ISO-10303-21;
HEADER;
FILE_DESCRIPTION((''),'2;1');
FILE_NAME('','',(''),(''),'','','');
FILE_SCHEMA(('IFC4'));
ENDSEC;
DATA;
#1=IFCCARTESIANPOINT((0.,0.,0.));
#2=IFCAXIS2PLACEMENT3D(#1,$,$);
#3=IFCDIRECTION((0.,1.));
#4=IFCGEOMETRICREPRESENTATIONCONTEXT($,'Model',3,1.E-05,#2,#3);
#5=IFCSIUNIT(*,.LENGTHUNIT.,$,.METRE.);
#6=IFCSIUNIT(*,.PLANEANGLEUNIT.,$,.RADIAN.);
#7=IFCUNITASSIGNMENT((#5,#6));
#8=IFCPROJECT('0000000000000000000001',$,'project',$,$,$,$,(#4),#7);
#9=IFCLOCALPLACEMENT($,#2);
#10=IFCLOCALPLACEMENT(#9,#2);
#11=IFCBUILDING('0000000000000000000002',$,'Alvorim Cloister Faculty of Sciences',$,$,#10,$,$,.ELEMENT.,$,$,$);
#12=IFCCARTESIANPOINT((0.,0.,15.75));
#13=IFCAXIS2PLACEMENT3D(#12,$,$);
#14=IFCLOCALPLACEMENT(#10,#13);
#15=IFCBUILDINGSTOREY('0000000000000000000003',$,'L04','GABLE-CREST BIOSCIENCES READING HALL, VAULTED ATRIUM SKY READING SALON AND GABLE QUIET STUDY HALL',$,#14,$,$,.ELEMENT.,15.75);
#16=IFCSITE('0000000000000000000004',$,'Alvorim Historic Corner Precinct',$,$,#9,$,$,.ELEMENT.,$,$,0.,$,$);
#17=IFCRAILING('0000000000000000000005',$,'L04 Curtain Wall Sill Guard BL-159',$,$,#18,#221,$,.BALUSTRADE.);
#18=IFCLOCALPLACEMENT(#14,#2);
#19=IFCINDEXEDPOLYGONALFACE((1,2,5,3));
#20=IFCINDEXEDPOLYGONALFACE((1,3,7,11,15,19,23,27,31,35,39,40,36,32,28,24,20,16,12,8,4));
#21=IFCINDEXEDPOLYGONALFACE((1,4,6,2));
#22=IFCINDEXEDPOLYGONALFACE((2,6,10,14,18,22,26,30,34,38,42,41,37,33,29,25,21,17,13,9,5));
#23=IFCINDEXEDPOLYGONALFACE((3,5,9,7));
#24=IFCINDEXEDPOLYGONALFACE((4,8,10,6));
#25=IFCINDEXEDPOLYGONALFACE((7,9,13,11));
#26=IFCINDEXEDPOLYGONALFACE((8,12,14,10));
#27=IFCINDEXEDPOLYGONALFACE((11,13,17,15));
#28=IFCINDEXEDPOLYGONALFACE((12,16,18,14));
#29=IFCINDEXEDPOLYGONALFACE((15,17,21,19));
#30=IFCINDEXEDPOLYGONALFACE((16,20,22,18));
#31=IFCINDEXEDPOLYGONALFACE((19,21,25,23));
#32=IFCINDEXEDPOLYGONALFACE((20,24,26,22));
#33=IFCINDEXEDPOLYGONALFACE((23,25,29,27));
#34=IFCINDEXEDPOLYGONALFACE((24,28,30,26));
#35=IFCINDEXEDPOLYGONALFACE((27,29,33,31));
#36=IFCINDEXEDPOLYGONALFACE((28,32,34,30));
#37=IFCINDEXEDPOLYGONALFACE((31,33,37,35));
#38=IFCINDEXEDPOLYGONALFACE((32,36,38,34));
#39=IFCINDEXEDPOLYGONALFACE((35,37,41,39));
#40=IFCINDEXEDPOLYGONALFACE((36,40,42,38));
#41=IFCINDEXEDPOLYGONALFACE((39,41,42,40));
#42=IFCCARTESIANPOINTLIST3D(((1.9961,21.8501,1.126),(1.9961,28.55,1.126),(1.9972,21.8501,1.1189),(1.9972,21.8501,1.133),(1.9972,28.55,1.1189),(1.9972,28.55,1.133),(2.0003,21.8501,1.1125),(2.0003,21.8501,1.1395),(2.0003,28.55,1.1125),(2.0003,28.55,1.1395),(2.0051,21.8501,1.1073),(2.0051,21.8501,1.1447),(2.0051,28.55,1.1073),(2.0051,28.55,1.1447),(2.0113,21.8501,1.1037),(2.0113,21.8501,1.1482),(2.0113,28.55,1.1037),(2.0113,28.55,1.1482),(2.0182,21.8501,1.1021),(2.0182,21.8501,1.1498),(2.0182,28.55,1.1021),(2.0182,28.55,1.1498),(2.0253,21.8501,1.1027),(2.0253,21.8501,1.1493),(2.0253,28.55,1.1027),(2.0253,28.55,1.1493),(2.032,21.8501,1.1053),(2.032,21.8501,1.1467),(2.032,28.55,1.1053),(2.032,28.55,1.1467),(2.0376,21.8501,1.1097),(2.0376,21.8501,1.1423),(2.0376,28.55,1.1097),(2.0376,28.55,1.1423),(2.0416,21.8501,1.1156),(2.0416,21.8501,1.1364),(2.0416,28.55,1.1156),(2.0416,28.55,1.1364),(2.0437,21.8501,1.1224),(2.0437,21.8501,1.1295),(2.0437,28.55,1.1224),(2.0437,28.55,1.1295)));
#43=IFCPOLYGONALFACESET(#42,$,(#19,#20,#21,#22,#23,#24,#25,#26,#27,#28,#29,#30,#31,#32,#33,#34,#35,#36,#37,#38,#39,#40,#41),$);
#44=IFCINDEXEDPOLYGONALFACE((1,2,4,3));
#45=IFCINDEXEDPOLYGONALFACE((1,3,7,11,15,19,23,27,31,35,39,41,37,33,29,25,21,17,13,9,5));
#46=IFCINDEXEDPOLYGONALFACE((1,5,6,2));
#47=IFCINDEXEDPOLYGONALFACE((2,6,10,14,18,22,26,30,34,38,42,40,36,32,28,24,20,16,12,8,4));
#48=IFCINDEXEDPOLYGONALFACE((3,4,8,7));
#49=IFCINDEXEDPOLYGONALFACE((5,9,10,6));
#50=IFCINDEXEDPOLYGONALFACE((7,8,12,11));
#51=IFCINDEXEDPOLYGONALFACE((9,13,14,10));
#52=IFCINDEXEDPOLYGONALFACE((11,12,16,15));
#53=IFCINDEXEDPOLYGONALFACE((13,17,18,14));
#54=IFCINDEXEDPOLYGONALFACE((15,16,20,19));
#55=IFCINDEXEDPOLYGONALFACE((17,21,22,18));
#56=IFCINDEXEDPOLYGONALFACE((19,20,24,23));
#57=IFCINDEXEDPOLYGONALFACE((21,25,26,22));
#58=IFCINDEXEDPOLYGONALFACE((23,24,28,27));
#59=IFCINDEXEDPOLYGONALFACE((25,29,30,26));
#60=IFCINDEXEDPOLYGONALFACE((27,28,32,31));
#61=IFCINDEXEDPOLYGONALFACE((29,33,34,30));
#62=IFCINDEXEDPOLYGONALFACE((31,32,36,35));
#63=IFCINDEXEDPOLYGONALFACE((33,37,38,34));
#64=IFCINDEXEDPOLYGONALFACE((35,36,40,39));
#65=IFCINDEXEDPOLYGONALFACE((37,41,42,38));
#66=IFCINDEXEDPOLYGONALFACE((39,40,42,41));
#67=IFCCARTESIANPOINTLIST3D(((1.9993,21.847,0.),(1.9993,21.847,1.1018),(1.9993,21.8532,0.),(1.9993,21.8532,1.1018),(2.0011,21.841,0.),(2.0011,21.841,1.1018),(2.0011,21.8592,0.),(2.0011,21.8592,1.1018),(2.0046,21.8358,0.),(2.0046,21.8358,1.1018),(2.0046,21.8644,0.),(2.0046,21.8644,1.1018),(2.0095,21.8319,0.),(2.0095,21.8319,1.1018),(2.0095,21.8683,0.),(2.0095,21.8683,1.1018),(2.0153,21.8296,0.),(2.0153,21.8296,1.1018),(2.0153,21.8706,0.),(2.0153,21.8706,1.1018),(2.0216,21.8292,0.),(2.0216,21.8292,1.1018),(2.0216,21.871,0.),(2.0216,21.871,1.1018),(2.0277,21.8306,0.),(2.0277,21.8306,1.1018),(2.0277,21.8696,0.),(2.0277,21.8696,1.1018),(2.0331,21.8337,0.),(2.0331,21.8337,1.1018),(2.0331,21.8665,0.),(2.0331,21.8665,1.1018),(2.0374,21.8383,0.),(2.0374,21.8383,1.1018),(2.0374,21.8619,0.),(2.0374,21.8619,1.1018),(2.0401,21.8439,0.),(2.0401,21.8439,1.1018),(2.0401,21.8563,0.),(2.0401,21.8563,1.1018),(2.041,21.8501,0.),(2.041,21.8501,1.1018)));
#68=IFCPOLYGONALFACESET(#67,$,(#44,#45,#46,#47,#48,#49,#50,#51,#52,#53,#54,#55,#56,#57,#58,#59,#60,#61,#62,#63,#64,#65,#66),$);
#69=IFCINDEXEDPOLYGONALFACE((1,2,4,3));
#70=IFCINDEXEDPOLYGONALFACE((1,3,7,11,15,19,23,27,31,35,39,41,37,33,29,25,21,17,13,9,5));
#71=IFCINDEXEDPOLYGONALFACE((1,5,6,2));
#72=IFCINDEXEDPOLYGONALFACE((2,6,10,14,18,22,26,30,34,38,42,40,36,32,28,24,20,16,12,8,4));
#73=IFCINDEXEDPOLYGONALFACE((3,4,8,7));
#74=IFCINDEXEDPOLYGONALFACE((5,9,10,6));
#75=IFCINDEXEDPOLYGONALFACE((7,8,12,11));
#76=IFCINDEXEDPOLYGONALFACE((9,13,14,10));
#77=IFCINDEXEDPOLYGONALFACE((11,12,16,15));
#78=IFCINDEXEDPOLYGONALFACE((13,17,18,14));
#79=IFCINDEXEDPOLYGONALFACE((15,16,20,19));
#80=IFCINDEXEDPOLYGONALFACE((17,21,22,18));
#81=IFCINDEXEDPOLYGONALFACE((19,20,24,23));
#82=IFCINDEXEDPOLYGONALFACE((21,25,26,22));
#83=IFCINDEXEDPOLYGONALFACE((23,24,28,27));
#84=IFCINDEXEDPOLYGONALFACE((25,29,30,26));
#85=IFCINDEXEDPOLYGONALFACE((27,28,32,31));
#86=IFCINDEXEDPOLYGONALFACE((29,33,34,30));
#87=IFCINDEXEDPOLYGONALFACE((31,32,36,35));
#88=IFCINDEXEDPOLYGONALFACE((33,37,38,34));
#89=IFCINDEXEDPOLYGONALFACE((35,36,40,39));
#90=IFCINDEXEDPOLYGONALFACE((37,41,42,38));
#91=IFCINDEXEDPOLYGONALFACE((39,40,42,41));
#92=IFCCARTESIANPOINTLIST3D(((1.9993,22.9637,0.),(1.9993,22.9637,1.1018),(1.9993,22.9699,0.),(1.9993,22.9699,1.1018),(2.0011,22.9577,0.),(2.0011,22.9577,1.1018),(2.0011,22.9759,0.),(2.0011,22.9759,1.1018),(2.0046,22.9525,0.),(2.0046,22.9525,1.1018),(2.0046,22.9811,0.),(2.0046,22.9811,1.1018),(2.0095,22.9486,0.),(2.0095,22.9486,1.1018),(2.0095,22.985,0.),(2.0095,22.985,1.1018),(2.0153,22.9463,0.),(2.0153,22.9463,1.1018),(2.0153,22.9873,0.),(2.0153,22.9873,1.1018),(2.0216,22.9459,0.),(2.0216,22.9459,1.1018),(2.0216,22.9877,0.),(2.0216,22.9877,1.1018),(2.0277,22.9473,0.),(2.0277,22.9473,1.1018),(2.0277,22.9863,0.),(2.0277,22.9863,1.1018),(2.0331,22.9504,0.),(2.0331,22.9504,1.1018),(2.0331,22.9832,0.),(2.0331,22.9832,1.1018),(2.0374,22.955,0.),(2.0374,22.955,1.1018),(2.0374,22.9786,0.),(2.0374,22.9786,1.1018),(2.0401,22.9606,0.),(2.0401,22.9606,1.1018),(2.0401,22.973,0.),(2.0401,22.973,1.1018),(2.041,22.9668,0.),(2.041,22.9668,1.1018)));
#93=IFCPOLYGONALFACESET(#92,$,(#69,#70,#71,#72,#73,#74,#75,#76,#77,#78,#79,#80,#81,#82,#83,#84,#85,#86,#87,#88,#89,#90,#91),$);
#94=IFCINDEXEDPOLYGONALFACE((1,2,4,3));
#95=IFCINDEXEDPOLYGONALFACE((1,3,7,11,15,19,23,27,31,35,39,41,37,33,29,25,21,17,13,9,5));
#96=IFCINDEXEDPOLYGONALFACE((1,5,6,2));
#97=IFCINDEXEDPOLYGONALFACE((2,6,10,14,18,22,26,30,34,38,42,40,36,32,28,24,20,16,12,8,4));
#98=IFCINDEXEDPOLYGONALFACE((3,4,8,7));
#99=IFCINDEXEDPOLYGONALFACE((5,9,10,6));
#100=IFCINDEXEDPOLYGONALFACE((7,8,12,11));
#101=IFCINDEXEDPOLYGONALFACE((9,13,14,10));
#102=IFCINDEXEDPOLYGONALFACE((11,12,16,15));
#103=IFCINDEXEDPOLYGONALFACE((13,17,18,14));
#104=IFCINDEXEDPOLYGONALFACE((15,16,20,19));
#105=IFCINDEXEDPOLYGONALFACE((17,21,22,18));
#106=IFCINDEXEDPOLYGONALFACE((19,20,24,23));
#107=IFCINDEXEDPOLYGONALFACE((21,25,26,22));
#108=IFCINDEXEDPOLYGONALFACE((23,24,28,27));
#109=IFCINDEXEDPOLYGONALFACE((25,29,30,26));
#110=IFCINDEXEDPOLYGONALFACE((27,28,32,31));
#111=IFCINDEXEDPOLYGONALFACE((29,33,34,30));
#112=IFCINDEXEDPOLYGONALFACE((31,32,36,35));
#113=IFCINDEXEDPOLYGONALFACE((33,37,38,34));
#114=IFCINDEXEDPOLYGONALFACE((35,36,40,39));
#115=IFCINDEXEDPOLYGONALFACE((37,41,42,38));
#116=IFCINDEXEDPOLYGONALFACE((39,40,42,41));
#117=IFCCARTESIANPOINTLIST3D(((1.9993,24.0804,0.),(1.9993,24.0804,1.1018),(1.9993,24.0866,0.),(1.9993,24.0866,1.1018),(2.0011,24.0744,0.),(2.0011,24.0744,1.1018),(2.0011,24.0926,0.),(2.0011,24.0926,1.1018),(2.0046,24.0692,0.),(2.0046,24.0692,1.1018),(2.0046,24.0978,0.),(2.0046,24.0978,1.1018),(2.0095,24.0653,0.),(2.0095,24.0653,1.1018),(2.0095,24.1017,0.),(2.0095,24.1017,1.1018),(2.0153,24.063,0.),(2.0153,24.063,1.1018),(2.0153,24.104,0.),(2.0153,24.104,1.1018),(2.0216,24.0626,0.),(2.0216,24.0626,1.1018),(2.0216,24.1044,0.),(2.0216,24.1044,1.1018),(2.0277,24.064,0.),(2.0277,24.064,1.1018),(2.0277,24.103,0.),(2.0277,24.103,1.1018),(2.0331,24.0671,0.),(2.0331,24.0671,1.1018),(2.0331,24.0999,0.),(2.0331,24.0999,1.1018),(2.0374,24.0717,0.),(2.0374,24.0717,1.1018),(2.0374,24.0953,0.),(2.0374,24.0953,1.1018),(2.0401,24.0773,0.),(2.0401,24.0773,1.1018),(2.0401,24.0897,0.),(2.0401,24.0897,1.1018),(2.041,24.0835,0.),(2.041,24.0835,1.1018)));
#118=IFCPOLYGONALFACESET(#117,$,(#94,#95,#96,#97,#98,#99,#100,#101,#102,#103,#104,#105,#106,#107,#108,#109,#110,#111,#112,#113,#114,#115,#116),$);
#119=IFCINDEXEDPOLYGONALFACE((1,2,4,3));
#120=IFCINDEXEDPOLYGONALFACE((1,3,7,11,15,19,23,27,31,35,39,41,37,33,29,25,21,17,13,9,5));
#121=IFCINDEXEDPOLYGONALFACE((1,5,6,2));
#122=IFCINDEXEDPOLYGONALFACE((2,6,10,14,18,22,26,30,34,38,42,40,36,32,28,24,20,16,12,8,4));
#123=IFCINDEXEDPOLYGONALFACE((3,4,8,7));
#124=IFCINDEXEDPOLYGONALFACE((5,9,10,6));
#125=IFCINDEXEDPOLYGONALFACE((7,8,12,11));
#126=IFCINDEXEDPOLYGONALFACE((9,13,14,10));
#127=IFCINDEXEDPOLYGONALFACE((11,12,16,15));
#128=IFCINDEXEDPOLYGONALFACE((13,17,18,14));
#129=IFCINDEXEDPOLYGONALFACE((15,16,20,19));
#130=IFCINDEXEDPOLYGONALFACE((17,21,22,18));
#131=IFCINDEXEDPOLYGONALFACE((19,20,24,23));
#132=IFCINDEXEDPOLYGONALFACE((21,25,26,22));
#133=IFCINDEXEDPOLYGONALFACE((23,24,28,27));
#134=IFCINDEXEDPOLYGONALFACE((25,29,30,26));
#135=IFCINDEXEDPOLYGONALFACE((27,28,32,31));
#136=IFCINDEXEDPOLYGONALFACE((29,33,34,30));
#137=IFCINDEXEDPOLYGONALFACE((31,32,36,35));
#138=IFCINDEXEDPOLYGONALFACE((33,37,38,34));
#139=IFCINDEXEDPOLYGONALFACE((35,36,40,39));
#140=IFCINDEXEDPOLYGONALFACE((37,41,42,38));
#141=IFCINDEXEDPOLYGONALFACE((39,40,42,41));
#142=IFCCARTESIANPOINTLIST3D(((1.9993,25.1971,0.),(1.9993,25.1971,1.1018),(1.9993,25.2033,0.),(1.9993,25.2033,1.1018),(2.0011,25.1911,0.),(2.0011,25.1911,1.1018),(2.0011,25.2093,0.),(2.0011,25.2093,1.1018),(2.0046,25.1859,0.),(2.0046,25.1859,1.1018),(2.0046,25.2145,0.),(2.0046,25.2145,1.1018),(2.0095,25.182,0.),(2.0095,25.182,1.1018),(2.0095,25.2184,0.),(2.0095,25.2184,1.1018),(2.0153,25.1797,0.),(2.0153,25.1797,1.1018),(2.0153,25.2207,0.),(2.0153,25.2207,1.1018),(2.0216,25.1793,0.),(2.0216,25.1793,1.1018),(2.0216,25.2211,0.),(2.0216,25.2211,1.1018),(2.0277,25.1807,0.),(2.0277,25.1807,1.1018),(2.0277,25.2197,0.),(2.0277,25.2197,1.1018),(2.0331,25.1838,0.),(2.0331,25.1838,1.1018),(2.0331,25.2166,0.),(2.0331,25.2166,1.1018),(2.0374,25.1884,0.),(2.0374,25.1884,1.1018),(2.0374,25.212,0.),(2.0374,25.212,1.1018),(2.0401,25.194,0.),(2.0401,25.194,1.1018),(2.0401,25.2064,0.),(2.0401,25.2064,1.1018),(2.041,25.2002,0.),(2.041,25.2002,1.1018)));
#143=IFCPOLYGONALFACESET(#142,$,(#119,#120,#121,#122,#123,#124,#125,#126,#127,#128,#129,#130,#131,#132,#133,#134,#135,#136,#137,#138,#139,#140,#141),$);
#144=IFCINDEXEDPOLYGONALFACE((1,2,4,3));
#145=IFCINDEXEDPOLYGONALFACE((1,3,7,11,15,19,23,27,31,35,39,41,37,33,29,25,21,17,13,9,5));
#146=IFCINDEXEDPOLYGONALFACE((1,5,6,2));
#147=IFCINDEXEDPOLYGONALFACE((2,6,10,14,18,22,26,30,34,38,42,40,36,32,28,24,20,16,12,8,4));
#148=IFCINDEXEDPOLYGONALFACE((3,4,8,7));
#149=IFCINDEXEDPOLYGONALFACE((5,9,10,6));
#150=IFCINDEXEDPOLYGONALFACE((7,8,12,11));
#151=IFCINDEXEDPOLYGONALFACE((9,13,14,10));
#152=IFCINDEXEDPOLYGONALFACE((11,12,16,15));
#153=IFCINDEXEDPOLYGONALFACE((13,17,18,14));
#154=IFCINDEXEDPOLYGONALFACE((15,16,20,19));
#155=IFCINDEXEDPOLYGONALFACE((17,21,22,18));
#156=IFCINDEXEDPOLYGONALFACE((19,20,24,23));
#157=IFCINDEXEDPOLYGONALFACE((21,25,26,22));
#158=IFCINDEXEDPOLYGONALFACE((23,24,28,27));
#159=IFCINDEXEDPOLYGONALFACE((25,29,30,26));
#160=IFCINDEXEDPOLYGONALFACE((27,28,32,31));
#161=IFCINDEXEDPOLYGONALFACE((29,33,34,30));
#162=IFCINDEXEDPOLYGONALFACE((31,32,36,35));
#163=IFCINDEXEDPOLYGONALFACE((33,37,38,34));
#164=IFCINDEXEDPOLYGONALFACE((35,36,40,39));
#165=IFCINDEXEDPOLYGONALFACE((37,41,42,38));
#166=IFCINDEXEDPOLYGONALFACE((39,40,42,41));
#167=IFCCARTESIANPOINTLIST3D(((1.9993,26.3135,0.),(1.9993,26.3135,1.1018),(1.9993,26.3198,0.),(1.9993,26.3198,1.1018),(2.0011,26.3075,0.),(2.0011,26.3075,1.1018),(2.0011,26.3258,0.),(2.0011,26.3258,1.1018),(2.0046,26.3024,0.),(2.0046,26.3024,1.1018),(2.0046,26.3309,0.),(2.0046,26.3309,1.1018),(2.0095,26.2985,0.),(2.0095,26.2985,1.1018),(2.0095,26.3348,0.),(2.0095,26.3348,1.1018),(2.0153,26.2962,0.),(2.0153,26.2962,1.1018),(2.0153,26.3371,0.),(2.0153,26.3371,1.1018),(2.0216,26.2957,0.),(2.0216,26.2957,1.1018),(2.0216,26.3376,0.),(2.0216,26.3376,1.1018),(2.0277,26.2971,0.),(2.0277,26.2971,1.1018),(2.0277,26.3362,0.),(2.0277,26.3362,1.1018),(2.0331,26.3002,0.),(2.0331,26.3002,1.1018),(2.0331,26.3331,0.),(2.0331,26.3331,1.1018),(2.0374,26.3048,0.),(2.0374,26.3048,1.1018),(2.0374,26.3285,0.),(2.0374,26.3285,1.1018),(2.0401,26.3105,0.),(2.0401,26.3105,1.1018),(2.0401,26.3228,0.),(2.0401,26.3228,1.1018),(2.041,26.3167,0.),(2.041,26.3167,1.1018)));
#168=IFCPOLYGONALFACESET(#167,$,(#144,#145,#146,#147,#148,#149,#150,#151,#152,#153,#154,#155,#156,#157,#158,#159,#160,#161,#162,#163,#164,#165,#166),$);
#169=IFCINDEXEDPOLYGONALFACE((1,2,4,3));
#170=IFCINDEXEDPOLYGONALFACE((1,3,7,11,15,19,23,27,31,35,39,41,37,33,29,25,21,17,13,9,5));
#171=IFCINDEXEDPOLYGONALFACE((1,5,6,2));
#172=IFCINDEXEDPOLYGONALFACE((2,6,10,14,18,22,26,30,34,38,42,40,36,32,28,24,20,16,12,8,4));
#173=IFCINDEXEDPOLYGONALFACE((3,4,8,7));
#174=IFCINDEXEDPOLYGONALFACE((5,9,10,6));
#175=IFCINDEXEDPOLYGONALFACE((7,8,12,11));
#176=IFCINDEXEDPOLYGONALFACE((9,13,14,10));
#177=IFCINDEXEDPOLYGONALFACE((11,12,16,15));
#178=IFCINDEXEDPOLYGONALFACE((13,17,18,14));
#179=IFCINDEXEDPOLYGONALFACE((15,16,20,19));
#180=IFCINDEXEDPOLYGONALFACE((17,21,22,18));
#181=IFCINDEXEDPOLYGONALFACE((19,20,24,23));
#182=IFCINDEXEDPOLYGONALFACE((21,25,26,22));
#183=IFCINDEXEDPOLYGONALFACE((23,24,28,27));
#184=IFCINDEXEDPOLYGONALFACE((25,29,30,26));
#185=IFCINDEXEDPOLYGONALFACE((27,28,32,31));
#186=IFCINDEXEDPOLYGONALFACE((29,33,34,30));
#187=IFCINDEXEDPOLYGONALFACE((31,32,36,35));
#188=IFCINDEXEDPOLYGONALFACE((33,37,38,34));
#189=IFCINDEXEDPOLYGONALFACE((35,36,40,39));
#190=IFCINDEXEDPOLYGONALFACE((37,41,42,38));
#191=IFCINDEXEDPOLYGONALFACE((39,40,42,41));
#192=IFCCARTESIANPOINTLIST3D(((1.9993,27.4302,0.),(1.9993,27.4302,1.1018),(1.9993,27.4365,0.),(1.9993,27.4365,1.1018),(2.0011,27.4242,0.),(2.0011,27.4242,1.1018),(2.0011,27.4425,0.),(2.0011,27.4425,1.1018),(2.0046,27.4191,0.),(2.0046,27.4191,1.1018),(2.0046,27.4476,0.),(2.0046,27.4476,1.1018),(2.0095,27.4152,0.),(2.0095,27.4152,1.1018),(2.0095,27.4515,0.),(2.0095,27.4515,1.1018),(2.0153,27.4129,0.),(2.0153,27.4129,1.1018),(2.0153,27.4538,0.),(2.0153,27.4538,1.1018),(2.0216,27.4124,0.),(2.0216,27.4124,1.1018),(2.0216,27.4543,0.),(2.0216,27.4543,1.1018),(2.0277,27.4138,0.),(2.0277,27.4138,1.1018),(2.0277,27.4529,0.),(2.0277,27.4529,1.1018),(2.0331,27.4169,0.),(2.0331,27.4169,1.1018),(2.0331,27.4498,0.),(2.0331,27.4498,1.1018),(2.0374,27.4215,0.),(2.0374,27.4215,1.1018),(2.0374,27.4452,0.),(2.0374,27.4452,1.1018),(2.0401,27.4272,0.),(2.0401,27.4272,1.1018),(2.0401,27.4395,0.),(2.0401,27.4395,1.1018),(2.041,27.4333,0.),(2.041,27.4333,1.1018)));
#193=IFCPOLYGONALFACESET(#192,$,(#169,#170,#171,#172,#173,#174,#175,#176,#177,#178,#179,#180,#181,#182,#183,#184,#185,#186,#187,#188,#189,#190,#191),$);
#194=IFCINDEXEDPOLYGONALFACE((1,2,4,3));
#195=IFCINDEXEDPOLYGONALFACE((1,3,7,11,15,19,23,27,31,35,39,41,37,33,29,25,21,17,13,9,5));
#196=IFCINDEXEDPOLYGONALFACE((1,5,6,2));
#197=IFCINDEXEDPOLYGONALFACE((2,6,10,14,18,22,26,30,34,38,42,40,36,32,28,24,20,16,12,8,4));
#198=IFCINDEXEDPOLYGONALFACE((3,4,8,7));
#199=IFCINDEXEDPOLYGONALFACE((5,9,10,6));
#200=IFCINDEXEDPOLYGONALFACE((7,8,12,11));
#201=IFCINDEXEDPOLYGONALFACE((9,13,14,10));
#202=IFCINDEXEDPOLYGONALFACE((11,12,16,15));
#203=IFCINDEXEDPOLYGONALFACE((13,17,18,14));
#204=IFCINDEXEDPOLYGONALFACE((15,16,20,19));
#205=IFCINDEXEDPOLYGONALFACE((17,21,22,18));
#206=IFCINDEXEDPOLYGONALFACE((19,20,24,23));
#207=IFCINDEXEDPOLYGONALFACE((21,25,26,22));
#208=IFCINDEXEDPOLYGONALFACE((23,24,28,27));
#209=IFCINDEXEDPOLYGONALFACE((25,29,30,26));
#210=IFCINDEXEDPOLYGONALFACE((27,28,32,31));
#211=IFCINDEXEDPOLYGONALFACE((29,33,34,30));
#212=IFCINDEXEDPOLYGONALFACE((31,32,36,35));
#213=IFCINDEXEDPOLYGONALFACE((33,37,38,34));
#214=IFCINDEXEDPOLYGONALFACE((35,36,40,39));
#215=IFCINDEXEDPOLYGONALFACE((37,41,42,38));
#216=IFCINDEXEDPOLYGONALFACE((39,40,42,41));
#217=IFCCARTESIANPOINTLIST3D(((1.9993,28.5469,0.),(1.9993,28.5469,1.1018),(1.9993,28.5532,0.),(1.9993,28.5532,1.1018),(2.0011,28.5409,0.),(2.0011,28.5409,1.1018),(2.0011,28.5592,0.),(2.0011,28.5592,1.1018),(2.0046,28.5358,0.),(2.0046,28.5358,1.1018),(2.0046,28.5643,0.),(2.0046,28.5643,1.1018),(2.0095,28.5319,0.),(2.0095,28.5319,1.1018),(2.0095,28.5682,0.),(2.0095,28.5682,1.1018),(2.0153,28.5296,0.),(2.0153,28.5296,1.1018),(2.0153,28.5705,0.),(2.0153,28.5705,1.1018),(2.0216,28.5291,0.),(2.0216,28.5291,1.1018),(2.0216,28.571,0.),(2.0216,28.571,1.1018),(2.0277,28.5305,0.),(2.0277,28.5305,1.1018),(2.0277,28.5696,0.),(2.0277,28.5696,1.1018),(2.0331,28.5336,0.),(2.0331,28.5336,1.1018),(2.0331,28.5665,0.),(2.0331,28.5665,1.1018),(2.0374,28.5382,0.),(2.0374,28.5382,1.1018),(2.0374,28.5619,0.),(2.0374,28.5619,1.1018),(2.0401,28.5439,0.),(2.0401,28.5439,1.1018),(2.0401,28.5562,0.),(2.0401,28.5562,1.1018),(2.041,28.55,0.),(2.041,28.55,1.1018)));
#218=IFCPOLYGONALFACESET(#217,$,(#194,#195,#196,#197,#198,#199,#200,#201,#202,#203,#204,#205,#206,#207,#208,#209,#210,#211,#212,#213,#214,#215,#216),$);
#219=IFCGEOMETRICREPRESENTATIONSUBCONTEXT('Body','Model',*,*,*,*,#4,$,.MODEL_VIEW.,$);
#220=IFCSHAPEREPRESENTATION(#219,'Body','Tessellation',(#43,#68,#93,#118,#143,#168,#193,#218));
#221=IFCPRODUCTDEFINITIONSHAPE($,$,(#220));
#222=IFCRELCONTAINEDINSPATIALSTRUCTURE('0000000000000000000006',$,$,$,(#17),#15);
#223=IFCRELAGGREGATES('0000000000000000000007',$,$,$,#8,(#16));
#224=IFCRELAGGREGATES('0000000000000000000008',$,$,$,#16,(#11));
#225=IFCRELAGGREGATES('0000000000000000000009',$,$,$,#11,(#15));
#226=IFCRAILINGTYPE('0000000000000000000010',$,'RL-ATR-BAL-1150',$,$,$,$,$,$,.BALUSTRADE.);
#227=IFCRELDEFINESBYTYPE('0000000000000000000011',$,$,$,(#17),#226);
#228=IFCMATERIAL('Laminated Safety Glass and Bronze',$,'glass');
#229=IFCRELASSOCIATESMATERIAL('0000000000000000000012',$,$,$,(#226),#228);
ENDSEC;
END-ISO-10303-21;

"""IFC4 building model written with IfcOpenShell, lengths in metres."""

from ifc_helpers import new_model, si_unit, direction, frame, origin, origin_2d, place, context, subcontext, project, spatial, circle, extrude, material, type_object, element, save


model = new_model("IFC4")

# Units and contexts
model_context = context("Model", 3, precision=1e-05, world=origin(), true_north=direction((0.0, 1.0)))
body_context = subcontext(model_context, "Body", "Model", "MODEL_VIEW")
ifc_project = project(units=[si_unit("LENGTHUNIT", "METRE"), si_unit("PLANEANGLEUNIT", "RADIAN")], contexts=[model_context])

# Site, building, storey
site_placement = place(None, origin())
site = spatial("IfcSite", under=ifc_project, at=site_placement, Name="Alvorim Historic Corner Precinct", CompositionType="ELEMENT", RefElevation=0.0)
building_placement = place(site_placement, origin())
building = spatial("IfcBuilding", under=site, at=building_placement, Name="Alvorim Cloister Faculty of Sciences", CompositionType="ELEMENT")
storey_placement = place(building_placement, frame((0.0, 0.0, 15.75)))
storey = spatial("IfcBuildingStorey", under=building, at=storey_placement, Name="L04", Description="GABLE-CREST BIOSCIENCES READING HALL, VAULTED ATRIUM SKY READING SALON AND GABLE QUIET STUDY HALL", CompositionType="ELEMENT", Elevation=15.75)

# Railing
ifc_material_1 = material(Name="Laminated Safety Glass and Bronze", Category="glass")
railing_type = type_object("IfcRailingType", Name="RL-ATR-BAL-1150", PredefinedType="BALUSTRADE", material=ifc_material_1)
railing_placement = place(storey_placement, frame((2.02, 21.8501, 0.0)))
element("IfcRailing", 1, at=railing_placement, inside=storey, type_object=railing_type, Name="L04 Curtain Wall Sill Guard BL-159", PredefinedType="BALUSTRADE", context=body_context, shape_type="SweptSolid", body=[
    extrude(circle(Radius=0.0239, at=origin_2d()), frame((0.0, 0.0, 1.126), z_axis=(0.0, 1.0, 0.0), x_axis=(-1.0, 0.0, 0.0)), (0.0, 0.0, 1.0), 6.7),
    extrude(circle(Radius=0.021, at=origin_2d()), origin(), (0.0, 0.0, 1.0), 1.1018),
    extrude(circle(Radius=0.021, at=origin_2d()), frame((0.0, 1.1167, 0.0)), (0.0, 0.0, 1.0), 1.1018),
    extrude(circle(Radius=0.021, at=origin_2d()), frame((0.0, 2.2334, 0.0)), (0.0, 0.0, 1.0), 1.1018),
    extrude(circle(Radius=0.021, at=origin_2d()), frame((0.0, 3.3501, 0.0)), (0.0, 0.0, 1.0), 1.1018),
    extrude(circle(Radius=0.021, at=origin_2d()), frame((0.0, 4.4666, 0.0)), (0.0, 0.0, 1.0), 1.1018),
    extrude(circle(Radius=0.021, at=origin_2d()), frame((0.0, 5.5833, 0.0)), (0.0, 0.0, 1.0), 1.1018),
    extrude(circle(Radius=0.021, at=origin_2d()), frame((0.0, 6.7, 0.0)), (0.0, 0.0, 1.0), 1.1018),
])

save(model, "model.ifc")
